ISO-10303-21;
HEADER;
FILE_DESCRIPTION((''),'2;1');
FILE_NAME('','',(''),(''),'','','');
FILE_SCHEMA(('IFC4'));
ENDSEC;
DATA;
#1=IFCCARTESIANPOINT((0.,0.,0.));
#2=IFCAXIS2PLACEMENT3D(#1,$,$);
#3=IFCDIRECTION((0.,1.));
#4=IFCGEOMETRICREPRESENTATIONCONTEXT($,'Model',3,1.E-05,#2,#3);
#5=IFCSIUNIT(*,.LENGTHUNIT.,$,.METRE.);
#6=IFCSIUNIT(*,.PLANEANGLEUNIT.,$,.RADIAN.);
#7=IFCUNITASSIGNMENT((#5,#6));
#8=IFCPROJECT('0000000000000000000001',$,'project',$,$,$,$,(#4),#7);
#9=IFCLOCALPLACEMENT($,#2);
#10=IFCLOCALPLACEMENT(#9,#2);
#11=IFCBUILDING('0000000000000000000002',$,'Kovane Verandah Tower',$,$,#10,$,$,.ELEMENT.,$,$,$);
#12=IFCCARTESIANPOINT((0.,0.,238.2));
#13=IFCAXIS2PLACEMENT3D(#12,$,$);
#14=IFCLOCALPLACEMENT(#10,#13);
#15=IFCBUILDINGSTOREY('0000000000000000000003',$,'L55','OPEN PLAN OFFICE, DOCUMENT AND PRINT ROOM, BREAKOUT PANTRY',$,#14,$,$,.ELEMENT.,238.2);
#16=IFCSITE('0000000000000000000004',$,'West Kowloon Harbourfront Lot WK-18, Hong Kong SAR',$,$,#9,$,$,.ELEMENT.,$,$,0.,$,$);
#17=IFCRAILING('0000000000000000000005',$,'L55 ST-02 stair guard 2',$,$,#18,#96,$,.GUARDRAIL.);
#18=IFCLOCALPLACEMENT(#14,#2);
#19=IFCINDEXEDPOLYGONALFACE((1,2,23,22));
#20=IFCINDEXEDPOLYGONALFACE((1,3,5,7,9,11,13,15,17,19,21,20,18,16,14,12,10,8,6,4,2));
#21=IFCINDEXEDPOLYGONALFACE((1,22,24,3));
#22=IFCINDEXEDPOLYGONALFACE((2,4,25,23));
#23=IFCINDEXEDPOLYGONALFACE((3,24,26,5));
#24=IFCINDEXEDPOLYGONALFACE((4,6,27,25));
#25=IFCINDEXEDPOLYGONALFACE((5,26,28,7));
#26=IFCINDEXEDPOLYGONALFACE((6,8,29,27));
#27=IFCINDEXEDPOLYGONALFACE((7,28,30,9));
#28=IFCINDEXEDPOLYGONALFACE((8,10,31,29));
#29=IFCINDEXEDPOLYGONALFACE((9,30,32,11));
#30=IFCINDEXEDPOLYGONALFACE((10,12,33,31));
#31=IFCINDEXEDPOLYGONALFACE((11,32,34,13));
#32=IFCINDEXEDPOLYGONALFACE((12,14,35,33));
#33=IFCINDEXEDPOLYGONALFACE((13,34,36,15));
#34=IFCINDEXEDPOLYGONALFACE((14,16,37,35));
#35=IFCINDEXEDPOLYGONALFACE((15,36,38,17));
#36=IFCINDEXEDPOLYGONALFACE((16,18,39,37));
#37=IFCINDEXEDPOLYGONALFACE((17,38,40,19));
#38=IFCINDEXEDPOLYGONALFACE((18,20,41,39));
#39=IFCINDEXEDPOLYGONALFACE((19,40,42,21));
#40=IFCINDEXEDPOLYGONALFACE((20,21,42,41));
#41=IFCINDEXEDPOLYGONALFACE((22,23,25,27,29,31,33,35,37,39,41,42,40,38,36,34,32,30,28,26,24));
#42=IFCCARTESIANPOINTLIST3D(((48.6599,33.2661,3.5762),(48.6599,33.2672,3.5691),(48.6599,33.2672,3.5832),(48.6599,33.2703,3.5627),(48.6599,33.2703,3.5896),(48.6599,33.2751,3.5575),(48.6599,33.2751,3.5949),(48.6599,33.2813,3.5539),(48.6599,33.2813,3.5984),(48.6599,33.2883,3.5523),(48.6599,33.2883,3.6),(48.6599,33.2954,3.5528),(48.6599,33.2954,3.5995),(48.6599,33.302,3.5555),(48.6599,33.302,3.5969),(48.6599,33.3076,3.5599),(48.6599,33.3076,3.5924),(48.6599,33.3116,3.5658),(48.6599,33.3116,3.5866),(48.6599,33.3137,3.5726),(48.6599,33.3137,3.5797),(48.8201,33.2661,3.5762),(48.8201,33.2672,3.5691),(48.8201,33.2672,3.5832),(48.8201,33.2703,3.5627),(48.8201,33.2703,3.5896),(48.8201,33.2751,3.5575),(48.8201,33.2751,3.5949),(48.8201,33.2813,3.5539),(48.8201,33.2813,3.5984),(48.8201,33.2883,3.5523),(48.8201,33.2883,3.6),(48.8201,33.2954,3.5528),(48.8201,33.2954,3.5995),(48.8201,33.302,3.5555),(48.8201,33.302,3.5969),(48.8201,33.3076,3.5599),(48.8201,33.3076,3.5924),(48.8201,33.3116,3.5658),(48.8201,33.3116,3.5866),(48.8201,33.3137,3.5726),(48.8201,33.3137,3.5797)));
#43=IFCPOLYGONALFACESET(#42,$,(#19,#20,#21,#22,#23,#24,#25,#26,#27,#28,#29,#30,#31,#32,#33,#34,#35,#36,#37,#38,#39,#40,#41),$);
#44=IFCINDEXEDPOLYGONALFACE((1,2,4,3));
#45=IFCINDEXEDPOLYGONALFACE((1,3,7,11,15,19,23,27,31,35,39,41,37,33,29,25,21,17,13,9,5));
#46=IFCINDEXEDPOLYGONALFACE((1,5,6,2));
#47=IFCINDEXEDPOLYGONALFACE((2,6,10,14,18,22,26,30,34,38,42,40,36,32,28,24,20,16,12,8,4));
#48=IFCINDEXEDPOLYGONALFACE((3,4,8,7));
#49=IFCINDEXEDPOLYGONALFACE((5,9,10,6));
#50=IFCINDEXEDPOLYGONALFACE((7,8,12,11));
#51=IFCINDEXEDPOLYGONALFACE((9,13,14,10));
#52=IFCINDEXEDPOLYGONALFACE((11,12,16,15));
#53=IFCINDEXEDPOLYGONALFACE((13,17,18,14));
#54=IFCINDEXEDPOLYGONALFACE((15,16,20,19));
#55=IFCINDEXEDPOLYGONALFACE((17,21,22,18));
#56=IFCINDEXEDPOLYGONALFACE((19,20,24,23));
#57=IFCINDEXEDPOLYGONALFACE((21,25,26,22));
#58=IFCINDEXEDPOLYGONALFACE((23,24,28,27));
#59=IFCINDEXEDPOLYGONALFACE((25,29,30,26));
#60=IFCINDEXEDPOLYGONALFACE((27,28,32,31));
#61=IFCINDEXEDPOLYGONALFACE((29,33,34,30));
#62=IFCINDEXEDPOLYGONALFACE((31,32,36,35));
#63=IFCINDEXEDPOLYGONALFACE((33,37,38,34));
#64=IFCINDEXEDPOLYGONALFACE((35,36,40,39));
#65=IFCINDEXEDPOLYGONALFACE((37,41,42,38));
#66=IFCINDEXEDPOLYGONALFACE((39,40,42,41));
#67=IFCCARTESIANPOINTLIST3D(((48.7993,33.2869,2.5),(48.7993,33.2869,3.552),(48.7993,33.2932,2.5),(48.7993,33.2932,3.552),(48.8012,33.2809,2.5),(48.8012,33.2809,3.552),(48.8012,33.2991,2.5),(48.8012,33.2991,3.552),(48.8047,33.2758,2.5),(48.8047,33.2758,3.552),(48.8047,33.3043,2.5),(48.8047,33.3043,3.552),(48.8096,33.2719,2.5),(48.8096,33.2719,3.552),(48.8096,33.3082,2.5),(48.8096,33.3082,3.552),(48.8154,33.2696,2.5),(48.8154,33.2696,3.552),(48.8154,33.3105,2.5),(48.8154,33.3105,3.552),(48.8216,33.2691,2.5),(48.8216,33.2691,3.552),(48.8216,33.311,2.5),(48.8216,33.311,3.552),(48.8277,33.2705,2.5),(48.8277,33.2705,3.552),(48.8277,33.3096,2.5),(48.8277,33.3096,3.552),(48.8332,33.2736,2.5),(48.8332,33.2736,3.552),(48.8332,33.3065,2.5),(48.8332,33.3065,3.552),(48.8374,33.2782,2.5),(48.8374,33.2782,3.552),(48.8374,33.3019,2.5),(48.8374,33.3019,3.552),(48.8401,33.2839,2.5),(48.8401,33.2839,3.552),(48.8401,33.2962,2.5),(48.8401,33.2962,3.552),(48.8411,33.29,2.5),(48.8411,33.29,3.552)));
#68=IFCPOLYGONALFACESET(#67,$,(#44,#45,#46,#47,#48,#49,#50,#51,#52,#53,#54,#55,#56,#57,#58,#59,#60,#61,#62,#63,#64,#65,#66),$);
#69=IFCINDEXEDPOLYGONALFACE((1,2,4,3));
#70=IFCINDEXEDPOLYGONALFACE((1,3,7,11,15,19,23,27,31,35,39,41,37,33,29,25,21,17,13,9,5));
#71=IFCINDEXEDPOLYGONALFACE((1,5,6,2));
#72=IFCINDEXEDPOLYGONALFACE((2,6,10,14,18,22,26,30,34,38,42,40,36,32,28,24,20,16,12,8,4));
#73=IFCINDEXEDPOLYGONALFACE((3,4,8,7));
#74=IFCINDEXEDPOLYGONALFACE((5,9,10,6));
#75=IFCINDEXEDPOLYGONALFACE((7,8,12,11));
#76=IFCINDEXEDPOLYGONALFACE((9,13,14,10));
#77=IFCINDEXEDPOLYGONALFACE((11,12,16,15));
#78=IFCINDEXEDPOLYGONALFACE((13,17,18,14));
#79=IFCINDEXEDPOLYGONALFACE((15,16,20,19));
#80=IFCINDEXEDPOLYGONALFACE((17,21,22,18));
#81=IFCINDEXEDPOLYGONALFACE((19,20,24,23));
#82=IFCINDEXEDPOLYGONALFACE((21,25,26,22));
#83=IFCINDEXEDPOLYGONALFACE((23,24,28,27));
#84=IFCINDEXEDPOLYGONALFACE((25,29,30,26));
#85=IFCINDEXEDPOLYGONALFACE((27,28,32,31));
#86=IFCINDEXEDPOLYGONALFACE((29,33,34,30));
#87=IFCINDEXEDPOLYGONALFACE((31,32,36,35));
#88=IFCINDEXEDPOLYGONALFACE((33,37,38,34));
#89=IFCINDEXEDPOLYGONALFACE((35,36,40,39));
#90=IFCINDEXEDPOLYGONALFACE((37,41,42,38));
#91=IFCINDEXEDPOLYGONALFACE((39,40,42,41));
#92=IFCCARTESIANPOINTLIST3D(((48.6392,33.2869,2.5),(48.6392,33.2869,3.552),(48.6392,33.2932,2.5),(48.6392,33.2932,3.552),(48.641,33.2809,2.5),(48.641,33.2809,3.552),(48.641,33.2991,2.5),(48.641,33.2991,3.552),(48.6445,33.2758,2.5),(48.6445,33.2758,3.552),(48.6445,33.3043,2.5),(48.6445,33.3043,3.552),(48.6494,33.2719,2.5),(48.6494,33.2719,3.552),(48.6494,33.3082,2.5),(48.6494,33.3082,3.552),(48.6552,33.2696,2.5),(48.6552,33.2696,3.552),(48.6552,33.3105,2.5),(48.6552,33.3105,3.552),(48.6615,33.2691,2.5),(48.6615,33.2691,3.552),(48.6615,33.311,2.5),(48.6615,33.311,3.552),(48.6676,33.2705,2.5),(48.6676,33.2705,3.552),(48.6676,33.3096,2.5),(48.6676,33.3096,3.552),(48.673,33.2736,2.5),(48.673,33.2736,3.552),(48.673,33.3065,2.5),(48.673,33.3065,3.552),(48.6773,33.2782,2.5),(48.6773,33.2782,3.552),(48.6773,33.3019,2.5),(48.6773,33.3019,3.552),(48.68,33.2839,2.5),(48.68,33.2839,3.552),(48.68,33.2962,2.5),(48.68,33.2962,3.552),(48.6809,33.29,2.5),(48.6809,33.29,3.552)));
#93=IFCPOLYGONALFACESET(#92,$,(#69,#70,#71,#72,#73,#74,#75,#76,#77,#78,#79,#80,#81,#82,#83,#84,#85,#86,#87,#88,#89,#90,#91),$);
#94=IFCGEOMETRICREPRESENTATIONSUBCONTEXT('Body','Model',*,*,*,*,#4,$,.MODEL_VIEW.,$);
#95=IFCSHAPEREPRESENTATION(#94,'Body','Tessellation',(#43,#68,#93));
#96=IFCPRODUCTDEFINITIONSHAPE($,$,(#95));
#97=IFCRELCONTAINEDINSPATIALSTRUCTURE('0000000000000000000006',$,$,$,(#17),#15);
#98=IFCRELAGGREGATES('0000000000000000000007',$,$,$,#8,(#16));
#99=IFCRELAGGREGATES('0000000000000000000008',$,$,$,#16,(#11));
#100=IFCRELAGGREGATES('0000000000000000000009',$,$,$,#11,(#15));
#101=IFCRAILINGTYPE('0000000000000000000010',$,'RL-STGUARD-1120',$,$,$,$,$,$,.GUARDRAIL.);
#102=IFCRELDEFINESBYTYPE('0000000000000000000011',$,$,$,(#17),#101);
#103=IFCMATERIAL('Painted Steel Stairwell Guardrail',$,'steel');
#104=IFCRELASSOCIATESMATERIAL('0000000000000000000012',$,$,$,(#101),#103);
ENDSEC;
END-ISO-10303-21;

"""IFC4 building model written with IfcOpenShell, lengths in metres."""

from ifc_helpers import new_model, si_unit, direction, frame, origin, origin_2d, place, context, subcontext, project, spatial, circle, extrude, material, type_object, element, save


model = new_model("IFC4")

# Units and contexts
model_context = context("Model", 3, precision=1e-05, world=origin(), true_north=direction((0.0, 1.0)))
body_context = subcontext(model_context, "Body", "Model", "MODEL_VIEW")
ifc_project = project(units=[si_unit("LENGTHUNIT", "METRE"), si_unit("PLANEANGLEUNIT", "RADIAN")], contexts=[model_context])

# Site, building, storey
site_placement = place(None, origin())
site = spatial("IfcSite", under=ifc_project, at=site_placement, Name="West Kowloon Harbourfront Lot WK-18, Hong Kong SAR", CompositionType="ELEMENT", RefElevation=0.0)
building_placement = place(site_placement, origin())
building = spatial("IfcBuilding", under=site, at=building_placement, Name="Kovane Verandah Tower", CompositionType="ELEMENT")
storey_placement = place(building_placement, frame((0.0, 0.0, 238.2)))
storey = spatial("IfcBuildingStorey", under=building, at=storey_placement, Name="L55", Description="OPEN PLAN OFFICE, DOCUMENT AND PRINT ROOM, BREAKOUT PANTRY", CompositionType="ELEMENT", Elevation=238.2)

# Railing
ifc_material_1 = material(Name="Painted Steel Stairwell Guardrail", Category="steel")
railing_type_1 = type_object("IfcRailingType", Name="RL-STGUARD-1120", PredefinedType="GUARDRAIL", material=ifc_material_1)
railing_1_placement = place(storey_placement, frame((48.8201, 33.29, 2.5)))
element("IfcRailing", 1, at=railing_1_placement, inside=storey, type_object=railing_type_1, Name="L55 ST-02 stair guard 2", PredefinedType="GUARDRAIL", context=body_context, shape_type="SweptSolid", body=[
    extrude(circle(Radius=0.0239, at=origin_2d()), frame((0.0, 0.0, 1.0762), z_axis=(-1.0, 0.0, 0.0), x_axis=(0.0, -1.0, 0.0)), (0.0, 0.0, 1.0), 0.1602),
    extrude(circle(Radius=0.021, at=origin_2d()), origin(), (0.0, 0.0, 1.0), 1.052),
    extrude(circle(Radius=0.021, at=origin_2d()), frame((-0.1602, 0.0, 0.0)), (0.0, 0.0, 1.0), 1.052),
])

save(model, "model.ifc")
